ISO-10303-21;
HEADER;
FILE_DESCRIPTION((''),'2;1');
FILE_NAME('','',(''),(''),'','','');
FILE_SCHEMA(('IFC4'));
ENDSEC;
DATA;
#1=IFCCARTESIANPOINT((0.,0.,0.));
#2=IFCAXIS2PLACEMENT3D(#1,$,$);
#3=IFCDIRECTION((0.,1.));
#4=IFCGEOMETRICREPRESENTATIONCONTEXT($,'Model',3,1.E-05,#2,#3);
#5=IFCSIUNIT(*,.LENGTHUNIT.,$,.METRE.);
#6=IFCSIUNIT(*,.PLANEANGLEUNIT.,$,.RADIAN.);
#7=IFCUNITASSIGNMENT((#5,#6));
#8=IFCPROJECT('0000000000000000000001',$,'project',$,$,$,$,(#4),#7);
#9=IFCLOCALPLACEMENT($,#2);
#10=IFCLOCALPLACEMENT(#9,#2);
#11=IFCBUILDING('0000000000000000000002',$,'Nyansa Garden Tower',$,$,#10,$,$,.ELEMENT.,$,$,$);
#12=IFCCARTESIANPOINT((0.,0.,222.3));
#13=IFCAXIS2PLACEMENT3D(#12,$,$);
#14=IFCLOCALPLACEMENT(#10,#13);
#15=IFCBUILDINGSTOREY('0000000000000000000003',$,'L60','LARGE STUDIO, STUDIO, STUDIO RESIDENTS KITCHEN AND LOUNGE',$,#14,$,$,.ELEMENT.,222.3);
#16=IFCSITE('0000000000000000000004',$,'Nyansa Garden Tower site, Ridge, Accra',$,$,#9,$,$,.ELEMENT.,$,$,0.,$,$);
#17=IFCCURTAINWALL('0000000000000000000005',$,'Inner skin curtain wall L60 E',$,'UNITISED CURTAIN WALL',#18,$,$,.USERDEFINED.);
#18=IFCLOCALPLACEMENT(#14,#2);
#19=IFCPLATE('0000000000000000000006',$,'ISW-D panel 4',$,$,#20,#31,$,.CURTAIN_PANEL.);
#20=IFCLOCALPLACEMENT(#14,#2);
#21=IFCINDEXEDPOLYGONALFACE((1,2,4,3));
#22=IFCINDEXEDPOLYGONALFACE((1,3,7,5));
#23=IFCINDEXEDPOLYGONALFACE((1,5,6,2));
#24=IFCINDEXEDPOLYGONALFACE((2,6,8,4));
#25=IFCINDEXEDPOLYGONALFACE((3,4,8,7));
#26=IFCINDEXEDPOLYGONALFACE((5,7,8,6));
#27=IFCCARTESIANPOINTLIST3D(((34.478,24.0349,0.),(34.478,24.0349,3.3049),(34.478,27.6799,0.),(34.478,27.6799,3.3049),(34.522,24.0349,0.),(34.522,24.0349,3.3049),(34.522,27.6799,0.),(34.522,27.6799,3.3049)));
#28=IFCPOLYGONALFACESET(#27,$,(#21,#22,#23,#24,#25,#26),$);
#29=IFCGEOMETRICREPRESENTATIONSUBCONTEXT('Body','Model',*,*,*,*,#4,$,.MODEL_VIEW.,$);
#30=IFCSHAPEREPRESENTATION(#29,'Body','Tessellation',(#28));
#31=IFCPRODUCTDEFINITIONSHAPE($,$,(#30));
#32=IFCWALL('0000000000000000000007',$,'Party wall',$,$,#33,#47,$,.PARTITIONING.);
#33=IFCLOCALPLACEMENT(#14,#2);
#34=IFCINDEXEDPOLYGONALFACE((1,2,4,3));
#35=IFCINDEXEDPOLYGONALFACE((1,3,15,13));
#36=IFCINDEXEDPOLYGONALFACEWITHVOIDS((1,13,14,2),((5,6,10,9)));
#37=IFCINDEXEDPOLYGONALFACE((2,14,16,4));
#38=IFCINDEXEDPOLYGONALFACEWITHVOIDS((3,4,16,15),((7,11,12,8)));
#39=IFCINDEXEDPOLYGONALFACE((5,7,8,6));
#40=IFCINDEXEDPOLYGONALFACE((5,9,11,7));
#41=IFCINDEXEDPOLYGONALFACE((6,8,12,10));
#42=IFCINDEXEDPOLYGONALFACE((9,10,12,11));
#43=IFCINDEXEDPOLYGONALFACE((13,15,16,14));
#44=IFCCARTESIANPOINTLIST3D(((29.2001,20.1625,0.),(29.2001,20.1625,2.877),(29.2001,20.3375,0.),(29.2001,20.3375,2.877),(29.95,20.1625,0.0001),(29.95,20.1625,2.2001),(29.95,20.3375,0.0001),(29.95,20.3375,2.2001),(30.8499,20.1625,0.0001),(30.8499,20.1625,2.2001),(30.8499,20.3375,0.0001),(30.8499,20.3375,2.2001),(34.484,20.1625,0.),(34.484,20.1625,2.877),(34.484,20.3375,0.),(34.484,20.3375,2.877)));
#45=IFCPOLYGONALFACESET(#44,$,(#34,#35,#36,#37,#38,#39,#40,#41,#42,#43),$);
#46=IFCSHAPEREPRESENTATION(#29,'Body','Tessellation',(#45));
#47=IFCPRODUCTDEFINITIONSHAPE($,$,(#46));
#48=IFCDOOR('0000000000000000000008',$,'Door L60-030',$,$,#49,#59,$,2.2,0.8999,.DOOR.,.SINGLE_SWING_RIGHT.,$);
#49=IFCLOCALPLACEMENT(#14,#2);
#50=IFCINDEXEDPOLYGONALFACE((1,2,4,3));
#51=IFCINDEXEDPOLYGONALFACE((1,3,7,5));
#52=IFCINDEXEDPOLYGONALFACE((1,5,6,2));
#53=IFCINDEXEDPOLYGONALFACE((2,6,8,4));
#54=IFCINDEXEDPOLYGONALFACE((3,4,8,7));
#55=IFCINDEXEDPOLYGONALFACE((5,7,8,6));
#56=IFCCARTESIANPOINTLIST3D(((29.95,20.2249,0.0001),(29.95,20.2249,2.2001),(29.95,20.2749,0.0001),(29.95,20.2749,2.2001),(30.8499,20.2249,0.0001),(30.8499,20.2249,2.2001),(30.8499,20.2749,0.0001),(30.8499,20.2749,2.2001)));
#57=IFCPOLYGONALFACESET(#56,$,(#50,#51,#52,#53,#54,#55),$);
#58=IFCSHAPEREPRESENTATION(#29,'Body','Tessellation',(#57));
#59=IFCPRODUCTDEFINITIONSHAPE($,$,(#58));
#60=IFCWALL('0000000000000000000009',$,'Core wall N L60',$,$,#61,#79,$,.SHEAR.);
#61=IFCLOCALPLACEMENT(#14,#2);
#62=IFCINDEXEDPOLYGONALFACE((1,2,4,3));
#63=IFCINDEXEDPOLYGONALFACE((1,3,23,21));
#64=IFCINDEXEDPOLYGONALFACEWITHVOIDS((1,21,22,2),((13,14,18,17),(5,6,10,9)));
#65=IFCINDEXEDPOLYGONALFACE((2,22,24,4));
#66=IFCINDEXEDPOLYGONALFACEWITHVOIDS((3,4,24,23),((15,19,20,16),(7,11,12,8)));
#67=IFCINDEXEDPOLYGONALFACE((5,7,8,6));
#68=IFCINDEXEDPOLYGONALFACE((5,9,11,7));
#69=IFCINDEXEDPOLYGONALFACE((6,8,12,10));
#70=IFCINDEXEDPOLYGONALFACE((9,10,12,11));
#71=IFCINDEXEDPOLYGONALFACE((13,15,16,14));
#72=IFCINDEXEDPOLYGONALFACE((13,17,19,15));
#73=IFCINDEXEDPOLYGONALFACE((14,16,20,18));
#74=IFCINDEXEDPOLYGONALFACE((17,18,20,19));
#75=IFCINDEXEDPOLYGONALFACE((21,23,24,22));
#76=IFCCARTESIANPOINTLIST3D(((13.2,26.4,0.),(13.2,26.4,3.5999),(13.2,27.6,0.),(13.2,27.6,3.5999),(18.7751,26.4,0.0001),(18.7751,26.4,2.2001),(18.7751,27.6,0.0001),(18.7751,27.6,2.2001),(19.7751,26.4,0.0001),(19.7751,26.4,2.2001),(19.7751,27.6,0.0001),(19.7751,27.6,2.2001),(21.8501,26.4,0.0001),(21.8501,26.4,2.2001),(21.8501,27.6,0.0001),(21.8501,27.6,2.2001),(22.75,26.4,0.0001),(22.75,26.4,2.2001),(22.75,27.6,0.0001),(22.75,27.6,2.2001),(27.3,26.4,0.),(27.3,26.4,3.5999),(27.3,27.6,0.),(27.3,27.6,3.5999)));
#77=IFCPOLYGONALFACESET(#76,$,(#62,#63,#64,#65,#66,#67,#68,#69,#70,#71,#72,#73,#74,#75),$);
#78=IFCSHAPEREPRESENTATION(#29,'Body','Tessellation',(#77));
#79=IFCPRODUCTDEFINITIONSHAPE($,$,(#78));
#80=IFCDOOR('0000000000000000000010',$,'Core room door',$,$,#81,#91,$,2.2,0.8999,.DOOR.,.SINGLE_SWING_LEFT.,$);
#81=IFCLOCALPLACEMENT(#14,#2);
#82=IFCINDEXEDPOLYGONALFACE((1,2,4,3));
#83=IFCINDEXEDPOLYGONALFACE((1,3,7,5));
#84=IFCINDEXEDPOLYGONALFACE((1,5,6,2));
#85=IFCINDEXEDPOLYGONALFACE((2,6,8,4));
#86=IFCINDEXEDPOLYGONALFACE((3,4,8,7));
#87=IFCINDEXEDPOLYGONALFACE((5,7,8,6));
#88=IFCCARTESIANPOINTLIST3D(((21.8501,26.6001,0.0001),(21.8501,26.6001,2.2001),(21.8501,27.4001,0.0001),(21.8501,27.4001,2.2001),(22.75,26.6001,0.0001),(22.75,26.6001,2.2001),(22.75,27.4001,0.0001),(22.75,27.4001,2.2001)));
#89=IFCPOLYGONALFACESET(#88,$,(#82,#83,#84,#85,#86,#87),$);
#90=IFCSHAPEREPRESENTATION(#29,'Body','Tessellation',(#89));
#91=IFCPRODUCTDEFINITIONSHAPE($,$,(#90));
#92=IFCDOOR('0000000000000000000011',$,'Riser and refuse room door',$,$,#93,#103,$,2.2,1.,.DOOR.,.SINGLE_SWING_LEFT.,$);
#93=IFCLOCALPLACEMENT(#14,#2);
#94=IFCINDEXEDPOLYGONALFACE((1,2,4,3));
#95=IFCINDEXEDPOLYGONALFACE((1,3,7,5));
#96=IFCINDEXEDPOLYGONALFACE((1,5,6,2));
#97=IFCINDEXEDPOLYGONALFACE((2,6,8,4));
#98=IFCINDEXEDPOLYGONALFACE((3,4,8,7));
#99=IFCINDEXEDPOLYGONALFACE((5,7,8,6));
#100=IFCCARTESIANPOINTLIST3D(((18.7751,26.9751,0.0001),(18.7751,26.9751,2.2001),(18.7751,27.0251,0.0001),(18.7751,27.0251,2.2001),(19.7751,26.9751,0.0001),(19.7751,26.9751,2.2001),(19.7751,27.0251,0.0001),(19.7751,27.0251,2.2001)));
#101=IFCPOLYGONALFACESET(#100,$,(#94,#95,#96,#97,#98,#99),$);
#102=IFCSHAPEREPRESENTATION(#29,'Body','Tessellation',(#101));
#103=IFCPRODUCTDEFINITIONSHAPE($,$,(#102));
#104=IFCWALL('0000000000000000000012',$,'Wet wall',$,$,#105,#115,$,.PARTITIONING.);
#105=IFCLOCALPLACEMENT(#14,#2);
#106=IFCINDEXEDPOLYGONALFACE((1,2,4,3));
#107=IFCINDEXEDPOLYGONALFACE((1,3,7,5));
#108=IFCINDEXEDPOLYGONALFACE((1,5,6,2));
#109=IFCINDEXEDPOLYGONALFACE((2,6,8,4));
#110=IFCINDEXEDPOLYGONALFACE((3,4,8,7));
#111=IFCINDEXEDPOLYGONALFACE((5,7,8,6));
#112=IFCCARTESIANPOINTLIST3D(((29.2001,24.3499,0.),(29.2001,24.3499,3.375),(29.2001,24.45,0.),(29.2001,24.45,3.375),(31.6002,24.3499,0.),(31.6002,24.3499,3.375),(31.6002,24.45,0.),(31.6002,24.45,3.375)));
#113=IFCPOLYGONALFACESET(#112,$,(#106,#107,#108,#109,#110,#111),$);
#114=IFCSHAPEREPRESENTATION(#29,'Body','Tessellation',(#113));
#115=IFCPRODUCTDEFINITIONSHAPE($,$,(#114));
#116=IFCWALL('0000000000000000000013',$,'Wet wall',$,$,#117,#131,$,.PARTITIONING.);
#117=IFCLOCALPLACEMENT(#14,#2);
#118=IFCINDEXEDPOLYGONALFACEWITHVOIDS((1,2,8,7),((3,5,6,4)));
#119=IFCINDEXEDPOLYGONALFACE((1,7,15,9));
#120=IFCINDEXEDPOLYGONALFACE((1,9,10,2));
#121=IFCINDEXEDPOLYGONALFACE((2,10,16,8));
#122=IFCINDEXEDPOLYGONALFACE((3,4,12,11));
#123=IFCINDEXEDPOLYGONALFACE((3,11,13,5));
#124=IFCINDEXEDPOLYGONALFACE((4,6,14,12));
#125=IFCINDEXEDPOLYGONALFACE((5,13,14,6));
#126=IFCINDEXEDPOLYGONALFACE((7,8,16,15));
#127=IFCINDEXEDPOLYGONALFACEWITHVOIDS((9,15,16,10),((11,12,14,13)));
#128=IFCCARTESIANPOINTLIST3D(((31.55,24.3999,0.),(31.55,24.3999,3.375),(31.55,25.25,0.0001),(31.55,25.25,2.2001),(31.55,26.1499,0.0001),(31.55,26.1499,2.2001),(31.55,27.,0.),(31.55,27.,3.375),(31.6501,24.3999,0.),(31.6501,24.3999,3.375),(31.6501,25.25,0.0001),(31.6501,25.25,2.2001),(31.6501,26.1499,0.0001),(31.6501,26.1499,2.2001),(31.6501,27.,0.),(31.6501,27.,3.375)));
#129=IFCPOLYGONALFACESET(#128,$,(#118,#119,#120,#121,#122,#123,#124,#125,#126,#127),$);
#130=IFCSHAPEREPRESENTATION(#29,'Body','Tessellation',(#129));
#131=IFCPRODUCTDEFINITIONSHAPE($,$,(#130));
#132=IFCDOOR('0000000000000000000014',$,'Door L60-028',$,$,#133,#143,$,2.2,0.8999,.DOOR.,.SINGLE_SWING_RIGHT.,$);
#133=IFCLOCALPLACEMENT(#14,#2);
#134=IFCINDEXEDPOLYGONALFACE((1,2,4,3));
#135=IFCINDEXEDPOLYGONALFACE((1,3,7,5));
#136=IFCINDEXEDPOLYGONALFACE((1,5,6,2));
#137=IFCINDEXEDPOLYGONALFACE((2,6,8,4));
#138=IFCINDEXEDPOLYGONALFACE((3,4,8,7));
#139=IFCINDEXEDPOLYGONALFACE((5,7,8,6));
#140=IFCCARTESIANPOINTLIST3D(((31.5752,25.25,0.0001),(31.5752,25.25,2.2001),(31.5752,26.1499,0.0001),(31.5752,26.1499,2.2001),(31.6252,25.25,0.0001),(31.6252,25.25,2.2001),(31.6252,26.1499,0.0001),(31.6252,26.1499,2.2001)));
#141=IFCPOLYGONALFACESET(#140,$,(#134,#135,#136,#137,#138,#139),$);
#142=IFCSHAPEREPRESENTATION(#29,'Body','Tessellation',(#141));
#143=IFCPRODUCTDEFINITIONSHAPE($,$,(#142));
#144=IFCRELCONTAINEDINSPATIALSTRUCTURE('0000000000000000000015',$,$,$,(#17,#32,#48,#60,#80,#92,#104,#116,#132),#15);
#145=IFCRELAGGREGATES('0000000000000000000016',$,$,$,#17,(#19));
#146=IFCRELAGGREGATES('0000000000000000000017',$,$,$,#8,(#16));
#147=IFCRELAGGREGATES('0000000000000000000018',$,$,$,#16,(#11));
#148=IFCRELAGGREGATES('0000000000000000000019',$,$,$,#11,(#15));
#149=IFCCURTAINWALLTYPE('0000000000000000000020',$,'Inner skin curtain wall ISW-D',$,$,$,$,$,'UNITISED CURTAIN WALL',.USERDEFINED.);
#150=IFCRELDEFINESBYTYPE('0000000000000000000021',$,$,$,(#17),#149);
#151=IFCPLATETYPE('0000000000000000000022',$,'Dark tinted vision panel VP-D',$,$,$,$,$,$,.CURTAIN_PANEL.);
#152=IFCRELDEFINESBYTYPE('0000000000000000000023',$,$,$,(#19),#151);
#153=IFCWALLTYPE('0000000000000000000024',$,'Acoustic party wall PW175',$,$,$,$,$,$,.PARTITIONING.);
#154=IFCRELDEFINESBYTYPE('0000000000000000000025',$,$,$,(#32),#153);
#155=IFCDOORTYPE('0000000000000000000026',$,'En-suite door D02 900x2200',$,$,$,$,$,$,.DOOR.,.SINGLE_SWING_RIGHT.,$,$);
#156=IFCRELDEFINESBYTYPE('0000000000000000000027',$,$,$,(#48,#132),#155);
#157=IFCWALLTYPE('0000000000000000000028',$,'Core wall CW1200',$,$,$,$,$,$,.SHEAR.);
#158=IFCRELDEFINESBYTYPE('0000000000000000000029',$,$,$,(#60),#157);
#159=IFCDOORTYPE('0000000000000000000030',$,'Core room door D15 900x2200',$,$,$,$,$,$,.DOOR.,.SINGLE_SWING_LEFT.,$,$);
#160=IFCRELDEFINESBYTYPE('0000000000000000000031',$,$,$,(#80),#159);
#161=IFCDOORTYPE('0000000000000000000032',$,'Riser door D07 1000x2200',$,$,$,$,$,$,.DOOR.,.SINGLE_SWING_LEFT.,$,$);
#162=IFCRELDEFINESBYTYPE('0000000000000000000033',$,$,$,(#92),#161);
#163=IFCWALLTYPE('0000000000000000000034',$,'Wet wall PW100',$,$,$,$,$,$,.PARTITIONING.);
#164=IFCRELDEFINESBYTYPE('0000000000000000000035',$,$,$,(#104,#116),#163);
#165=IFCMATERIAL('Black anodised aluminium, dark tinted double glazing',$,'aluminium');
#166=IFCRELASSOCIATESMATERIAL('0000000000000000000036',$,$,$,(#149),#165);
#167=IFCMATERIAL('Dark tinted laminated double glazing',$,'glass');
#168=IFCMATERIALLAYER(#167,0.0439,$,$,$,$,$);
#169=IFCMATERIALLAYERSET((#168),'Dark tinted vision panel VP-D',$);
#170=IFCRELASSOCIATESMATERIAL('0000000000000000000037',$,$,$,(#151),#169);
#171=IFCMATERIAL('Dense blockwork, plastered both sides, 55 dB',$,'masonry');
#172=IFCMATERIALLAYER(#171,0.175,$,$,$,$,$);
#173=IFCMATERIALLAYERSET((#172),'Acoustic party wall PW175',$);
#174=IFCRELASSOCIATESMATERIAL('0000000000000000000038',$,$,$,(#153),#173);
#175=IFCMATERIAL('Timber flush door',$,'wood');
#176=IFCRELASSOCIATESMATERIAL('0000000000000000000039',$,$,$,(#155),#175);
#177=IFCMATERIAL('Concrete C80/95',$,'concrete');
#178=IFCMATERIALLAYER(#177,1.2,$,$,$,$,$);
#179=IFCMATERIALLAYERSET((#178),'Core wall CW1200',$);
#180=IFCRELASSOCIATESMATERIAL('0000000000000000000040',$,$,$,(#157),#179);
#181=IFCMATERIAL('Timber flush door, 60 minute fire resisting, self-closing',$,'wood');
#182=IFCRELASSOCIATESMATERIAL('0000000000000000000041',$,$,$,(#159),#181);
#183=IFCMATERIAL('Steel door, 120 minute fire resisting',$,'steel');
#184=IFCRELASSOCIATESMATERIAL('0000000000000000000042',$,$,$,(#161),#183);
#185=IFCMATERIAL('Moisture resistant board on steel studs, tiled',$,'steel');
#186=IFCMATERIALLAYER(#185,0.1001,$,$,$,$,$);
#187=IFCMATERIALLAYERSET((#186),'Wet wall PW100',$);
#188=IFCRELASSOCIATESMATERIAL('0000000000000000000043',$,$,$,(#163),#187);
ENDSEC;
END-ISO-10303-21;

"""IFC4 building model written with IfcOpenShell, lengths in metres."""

from ifc_helpers import new_model, si_unit, direction, frame, frame_2d, origin, origin_2d, place, context, subcontext, project, spatial, rectangle, extrude, material, layer, layer_set, type_object, element, fill, aggregate, save


model = new_model("IFC4")

# Units and contexts
model_context = context("Model", 3, precision=1e-05, world=origin(), true_north=direction((0.0, 1.0)))
body_context = subcontext(model_context, "Body", "Model", "MODEL_VIEW")
ifc_project = project(units=[si_unit("LENGTHUNIT", "METRE"), si_unit("PLANEANGLEUNIT", "RADIAN")], contexts=[model_context])

# Site, building, storey
site_placement = place(None, origin())
site = spatial("IfcSite", under=ifc_project, at=site_placement, Name="Nyansa Garden Tower site, Ridge, Accra", CompositionType="ELEMENT", RefElevation=0.0)
building_placement = place(site_placement, origin())
building = spatial("IfcBuilding", under=site, at=building_placement, Name="Nyansa Garden Tower", CompositionType="ELEMENT")
storey_placement = place(building_placement, frame((0.0, 0.0, 222.3)))
storey = spatial("IfcBuildingStorey", under=building, at=storey_placement, Name="L60", Description="LARGE STUDIO, STUDIO, STUDIO RESIDENTS KITCHEN AND LOUNGE", CompositionType="ELEMENT", Elevation=222.3)

# Curtain wall
ifc_material_1 = material(Name="Black anodised aluminium, dark tinted double glazing", Category="aluminium")
curtain_wall_type = type_object("IfcCurtainWallType", Name="Inner skin curtain wall ISW-D", ElementType="UNITISED CURTAIN WALL", PredefinedType="USERDEFINED", material=ifc_material_1)
curtain_wall_placement = place(storey_placement, origin())
curtain_wall = element("IfcCurtainWall", 1, at=curtain_wall_placement, inside=storey, type_object=curtain_wall_type, Name="Inner skin curtain wall L60 E", ObjectType="UNITISED CURTAIN WALL", PredefinedType="USERDEFINED")

# Plate
ifc_material_2 = material(Name="Dark tinted laminated double glazing", Category="glass")
ifc_layer_1 = layer(ifc_material_2, 0.0439)
ifc_layer_set_1 = layer_set([ifc_layer_1], Name="Dark tinted vision panel VP-D")
plate_type = type_object("IfcPlateType", Name="Dark tinted vision panel VP-D", PredefinedType="CURTAIN_PANEL", material=ifc_layer_set_1)
plate_1_placement = place(storey_placement, frame((34.5, 25.8574, 0.0), z_axis=(0.0, 0.0, 1.0), x_axis=(0.0, 1.0, 0.0)))
plate_1 = element("IfcPlate", 2, at=plate_1_placement, type_object=plate_type, Name="ISW-D panel 4", PredefinedType="CURTAIN_PANEL", context=body_context, shape_type="SweptSolid", body=[
    extrude(rectangle(XDim=3.645, YDim=0.0439, at=origin_2d()), origin(), (0.0, 0.0, 1.0), 3.3049),
])
aggregate(curtain_wall, [plate_1])

# Wall, opening, door
ifc_material_3 = material(Name="Dense blockwork, plastered both sides, 55 dB", Category="masonry")
ifc_layer_2 = layer(ifc_material_3, 0.175)
ifc_layer_set_2 = layer_set([ifc_layer_2], Name="Acoustic party wall PW175")
wall_type_1 = type_object("IfcWallType", Name="Acoustic party wall PW175", PredefinedType="PARTITIONING", material=ifc_layer_set_2)
wall_1_placement = place(storey_placement, frame((29.2, 20.25, 0.0), z_axis=(0.0, 0.0, 1.0), x_axis=(1.0, 0.0, 0.0)))
wall_1 = element("IfcWall", 3, at=wall_1_placement, inside=storey, type_object=wall_type_1, Name="Party wall", PredefinedType="PARTITIONING", context=body_context, shape_type="SweptSolid", body=[
    extrude(rectangle(XDim=5.2839, YDim=0.175, at=frame_2d((2.6421, 0.0))), origin(), (0.0, 0.0, 1.0), 2.877),
])
opening_1_placement = place(wall_1_placement, frame((0.75, 0.0, 0.0)))
opening_1 = element("IfcOpeningElement", 4, at=opening_1_placement, cuts=wall_1, PredefinedType="OPENING", context=body_context, shape_type="SweptSolid", body=[
    extrude(rectangle(XDim=0.8999, YDim=2.2, at=frame_2d((0.45, 1.1001))), frame((0.0, 0.0974, 0.0), z_axis=(0.0, -1.0, 0.0), x_axis=(1.0, 0.0, 0.0)), (0.0, 0.0, 1.0), 0.1951),
])
ifc_material_4 = material(Name="Timber flush door", Category="wood")
door_type_1 = type_object("IfcDoorType", Name="En-suite door D02 900x2200", OperationType="SINGLE_SWING_RIGHT", PredefinedType="DOOR", material=ifc_material_4)
door_1_placement = place(opening_1_placement, origin())
door_1 = element("IfcDoor", 5, at=door_1_placement, inside=storey, type_object=door_type_1, Name="Door L60-030", OperationType="SINGLE_SWING_RIGHT", OverallHeight=2.2, OverallWidth=0.8999, PredefinedType="DOOR", context=body_context, shape_type="SweptSolid", body=[
    extrude(rectangle(XDim=0.8999, YDim=2.2, at=frame_2d((0.45, 1.1001))), frame((0.0, 0.0249, 0.0), z_axis=(0.0, -1.0, 0.0), x_axis=(1.0, 0.0, 0.0)), (0.0, 0.0, 1.0), 0.05),
])
fill(opening_1, door_1)

# Wall, openings, doors
ifc_material_5 = material(Name="Concrete C80/95", Category="concrete")
ifc_layer_3 = layer(ifc_material_5, 1.2)
ifc_layer_set_3 = layer_set([ifc_layer_3], Name="Core wall CW1200")
wall_type_2 = type_object("IfcWallType", Name="Core wall CW1200", PredefinedType="SHEAR", material=ifc_layer_set_3)
wall_2_placement = place(storey_placement, frame((27.3, 27.0, 0.0), z_axis=(0.0, 0.0, 1.0), x_axis=(-1.0, 0.0, 0.0)))
wall_2 = element("IfcWall", 6, at=wall_2_placement, inside=storey, type_object=wall_type_2, Name="Core wall N L60", PredefinedType="SHEAR", context=body_context, shape_type="SweptSolid", body=[
    extrude(rectangle(XDim=14.1001, YDim=1.2, at=frame_2d((7.05, 0.0))), origin(), (0.0, 0.0, 1.0), 3.5999),
])
opening_2_placement = place(wall_2_placement, frame((4.55, 0.0, 0.0)))
opening_2 = element("IfcOpeningElement", 7, at=opening_2_placement, cuts=wall_2, PredefinedType="OPENING", context=body_context, shape_type="SweptSolid", body=[
    extrude(rectangle(XDim=0.8999, YDim=2.2, at=frame_2d((0.45, 1.1001))), frame((0.0, 0.6099, 0.0), z_axis=(0.0, -1.0, 0.0), x_axis=(1.0, 0.0, 0.0)), (0.0, 0.0, 1.0), 1.22),
])
opening_3_placement = place(wall_2_placement, frame((7.5249, 0.0, 0.0)))
opening_3 = element("IfcOpeningElement", 8, at=opening_3_placement, cuts=wall_2, PredefinedType="OPENING", context=body_context, shape_type="SweptSolid", body=[
    extrude(rectangle(XDim=1.0, YDim=2.2, at=frame_2d((0.5, 1.1001))), frame((0.0, 0.6099, 0.0), z_axis=(0.0, -1.0, 0.0), x_axis=(1.0, 0.0, 0.0)), (0.0, 0.0, 1.0), 1.22),
])
ifc_material_6 = material(Name="Timber flush door, 60 minute fire resisting, self-closing", Category="wood")
door_type_2 = type_object("IfcDoorType", Name="Core room door D15 900x2200", OperationType="SINGLE_SWING_LEFT", PredefinedType="DOOR", material=ifc_material_6)
door_2_placement = place(opening_2_placement, origin())
door_2 = element("IfcDoor", 9, at=door_2_placement, inside=storey, type_object=door_type_2, Name="Core room door", OperationType="SINGLE_SWING_LEFT", OverallHeight=2.2, OverallWidth=0.8999, PredefinedType="DOOR", context=body_context, shape_type="SweptSolid", body=[
    extrude(rectangle(XDim=0.8999, YDim=2.2, at=frame_2d((0.45, 1.1001))), frame((0.0, 0.3999, 0.0), z_axis=(0.0, -1.0, 0.0), x_axis=(1.0, 0.0, 0.0)), (0.0, 0.0, 1.0), 0.8),
])
fill(opening_2, door_2)
ifc_material_7 = material(Name="Steel door, 120 minute fire resisting", Category="steel")
door_type_3 = type_object("IfcDoorType", Name="Riser door D07 1000x2200", OperationType="SINGLE_SWING_LEFT", PredefinedType="DOOR", material=ifc_material_7)
door_3_placement = place(opening_3_placement, origin())
door_3 = element("IfcDoor", 10, at=door_3_placement, inside=storey, type_object=door_type_3, Name="Riser and refuse room door", OperationType="SINGLE_SWING_LEFT", OverallHeight=2.2, OverallWidth=1.0, PredefinedType="DOOR", context=body_context, shape_type="SweptSolid", body=[
    extrude(rectangle(XDim=1.0, YDim=2.2, at=frame_2d((0.5, 1.1001))), frame((0.0, 0.0249, 0.0), z_axis=(0.0, -1.0, 0.0), x_axis=(1.0, 0.0, 0.0)), (0.0, 0.0, 1.0), 0.05),
])
fill(opening_3, door_3)

# Wall
ifc_material_8 = material(Name="Moisture resistant board on steel studs, tiled", Category="steel")
ifc_layer_4 = layer(ifc_material_8, 0.1001)
ifc_layer_set_4 = layer_set([ifc_layer_4], Name="Wet wall PW100")
wall_type_3 = type_object("IfcWallType", Name="Wet wall PW100", PredefinedType="PARTITIONING", material=ifc_layer_set_4)
wall_3_placement = place(storey_placement, frame((29.2, 24.3999, 0.0), z_axis=(0.0, 0.0, 1.0), x_axis=(1.0, 0.0, 0.0)))
element("IfcWall", 11, at=wall_3_placement, inside=storey, type_object=wall_type_3, Name="Wet wall", PredefinedType="PARTITIONING", context=body_context, shape_type="SweptSolid", body=[
    extrude(rectangle(XDim=2.4001, YDim=0.1001, at=frame_2d((1.2002, 0.0))), origin(), (0.0, 0.0, 1.0), 3.375),
])

# Wall, opening, door
wall_4_placement = place(storey_placement, frame((31.6001, 24.3999, 0.0), z_axis=(0.0, 0.0, 1.0), x_axis=(0.0, 1.0, 0.0)))
wall_4 = element("IfcWall", 12, at=wall_4_placement, inside=storey, type_object=wall_type_3, Name="Wet wall", PredefinedType="PARTITIONING", context=body_context, shape_type="SweptSolid", body=[
    extrude(rectangle(XDim=2.6001, YDim=0.1001, at=frame_2d((1.3, 0.0))), origin(), (0.0, 0.0, 1.0), 3.375),
])
opening_4_placement = place(wall_4_placement, frame((0.8501, 0.0, 0.0)))
opening_4 = element("IfcOpeningElement", 13, at=opening_4_placement, cuts=wall_4, PredefinedType="OPENING", context=body_context, shape_type="SweptSolid", body=[
    extrude(rectangle(XDim=0.8999, YDim=2.2, at=frame_2d((0.45, 1.1001))), frame((0.0, 0.0601, 0.0), z_axis=(0.0, -1.0, 0.0), x_axis=(1.0, 0.0, 0.0)), (0.0, 0.0, 1.0), 0.1201),
])
door_4_placement = place(opening_4_placement, origin())
door_4 = element("IfcDoor", 14, at=door_4_placement, inside=storey, type_object=door_type_1, Name="Door L60-028", OperationType="SINGLE_SWING_RIGHT", OverallHeight=2.2, OverallWidth=0.8999, PredefinedType="DOOR", context=body_context, shape_type="SweptSolid", body=[
    extrude(rectangle(XDim=0.8999, YDim=2.2, at=frame_2d((0.45, 1.1001))), frame((0.0, 0.0249, 0.0), z_axis=(0.0, -1.0, 0.0), x_axis=(1.0, 0.0, 0.0)), (0.0, 0.0, 1.0), 0.05),
])
fill(opening_4, door_4)

save(model, "model.ifc")
